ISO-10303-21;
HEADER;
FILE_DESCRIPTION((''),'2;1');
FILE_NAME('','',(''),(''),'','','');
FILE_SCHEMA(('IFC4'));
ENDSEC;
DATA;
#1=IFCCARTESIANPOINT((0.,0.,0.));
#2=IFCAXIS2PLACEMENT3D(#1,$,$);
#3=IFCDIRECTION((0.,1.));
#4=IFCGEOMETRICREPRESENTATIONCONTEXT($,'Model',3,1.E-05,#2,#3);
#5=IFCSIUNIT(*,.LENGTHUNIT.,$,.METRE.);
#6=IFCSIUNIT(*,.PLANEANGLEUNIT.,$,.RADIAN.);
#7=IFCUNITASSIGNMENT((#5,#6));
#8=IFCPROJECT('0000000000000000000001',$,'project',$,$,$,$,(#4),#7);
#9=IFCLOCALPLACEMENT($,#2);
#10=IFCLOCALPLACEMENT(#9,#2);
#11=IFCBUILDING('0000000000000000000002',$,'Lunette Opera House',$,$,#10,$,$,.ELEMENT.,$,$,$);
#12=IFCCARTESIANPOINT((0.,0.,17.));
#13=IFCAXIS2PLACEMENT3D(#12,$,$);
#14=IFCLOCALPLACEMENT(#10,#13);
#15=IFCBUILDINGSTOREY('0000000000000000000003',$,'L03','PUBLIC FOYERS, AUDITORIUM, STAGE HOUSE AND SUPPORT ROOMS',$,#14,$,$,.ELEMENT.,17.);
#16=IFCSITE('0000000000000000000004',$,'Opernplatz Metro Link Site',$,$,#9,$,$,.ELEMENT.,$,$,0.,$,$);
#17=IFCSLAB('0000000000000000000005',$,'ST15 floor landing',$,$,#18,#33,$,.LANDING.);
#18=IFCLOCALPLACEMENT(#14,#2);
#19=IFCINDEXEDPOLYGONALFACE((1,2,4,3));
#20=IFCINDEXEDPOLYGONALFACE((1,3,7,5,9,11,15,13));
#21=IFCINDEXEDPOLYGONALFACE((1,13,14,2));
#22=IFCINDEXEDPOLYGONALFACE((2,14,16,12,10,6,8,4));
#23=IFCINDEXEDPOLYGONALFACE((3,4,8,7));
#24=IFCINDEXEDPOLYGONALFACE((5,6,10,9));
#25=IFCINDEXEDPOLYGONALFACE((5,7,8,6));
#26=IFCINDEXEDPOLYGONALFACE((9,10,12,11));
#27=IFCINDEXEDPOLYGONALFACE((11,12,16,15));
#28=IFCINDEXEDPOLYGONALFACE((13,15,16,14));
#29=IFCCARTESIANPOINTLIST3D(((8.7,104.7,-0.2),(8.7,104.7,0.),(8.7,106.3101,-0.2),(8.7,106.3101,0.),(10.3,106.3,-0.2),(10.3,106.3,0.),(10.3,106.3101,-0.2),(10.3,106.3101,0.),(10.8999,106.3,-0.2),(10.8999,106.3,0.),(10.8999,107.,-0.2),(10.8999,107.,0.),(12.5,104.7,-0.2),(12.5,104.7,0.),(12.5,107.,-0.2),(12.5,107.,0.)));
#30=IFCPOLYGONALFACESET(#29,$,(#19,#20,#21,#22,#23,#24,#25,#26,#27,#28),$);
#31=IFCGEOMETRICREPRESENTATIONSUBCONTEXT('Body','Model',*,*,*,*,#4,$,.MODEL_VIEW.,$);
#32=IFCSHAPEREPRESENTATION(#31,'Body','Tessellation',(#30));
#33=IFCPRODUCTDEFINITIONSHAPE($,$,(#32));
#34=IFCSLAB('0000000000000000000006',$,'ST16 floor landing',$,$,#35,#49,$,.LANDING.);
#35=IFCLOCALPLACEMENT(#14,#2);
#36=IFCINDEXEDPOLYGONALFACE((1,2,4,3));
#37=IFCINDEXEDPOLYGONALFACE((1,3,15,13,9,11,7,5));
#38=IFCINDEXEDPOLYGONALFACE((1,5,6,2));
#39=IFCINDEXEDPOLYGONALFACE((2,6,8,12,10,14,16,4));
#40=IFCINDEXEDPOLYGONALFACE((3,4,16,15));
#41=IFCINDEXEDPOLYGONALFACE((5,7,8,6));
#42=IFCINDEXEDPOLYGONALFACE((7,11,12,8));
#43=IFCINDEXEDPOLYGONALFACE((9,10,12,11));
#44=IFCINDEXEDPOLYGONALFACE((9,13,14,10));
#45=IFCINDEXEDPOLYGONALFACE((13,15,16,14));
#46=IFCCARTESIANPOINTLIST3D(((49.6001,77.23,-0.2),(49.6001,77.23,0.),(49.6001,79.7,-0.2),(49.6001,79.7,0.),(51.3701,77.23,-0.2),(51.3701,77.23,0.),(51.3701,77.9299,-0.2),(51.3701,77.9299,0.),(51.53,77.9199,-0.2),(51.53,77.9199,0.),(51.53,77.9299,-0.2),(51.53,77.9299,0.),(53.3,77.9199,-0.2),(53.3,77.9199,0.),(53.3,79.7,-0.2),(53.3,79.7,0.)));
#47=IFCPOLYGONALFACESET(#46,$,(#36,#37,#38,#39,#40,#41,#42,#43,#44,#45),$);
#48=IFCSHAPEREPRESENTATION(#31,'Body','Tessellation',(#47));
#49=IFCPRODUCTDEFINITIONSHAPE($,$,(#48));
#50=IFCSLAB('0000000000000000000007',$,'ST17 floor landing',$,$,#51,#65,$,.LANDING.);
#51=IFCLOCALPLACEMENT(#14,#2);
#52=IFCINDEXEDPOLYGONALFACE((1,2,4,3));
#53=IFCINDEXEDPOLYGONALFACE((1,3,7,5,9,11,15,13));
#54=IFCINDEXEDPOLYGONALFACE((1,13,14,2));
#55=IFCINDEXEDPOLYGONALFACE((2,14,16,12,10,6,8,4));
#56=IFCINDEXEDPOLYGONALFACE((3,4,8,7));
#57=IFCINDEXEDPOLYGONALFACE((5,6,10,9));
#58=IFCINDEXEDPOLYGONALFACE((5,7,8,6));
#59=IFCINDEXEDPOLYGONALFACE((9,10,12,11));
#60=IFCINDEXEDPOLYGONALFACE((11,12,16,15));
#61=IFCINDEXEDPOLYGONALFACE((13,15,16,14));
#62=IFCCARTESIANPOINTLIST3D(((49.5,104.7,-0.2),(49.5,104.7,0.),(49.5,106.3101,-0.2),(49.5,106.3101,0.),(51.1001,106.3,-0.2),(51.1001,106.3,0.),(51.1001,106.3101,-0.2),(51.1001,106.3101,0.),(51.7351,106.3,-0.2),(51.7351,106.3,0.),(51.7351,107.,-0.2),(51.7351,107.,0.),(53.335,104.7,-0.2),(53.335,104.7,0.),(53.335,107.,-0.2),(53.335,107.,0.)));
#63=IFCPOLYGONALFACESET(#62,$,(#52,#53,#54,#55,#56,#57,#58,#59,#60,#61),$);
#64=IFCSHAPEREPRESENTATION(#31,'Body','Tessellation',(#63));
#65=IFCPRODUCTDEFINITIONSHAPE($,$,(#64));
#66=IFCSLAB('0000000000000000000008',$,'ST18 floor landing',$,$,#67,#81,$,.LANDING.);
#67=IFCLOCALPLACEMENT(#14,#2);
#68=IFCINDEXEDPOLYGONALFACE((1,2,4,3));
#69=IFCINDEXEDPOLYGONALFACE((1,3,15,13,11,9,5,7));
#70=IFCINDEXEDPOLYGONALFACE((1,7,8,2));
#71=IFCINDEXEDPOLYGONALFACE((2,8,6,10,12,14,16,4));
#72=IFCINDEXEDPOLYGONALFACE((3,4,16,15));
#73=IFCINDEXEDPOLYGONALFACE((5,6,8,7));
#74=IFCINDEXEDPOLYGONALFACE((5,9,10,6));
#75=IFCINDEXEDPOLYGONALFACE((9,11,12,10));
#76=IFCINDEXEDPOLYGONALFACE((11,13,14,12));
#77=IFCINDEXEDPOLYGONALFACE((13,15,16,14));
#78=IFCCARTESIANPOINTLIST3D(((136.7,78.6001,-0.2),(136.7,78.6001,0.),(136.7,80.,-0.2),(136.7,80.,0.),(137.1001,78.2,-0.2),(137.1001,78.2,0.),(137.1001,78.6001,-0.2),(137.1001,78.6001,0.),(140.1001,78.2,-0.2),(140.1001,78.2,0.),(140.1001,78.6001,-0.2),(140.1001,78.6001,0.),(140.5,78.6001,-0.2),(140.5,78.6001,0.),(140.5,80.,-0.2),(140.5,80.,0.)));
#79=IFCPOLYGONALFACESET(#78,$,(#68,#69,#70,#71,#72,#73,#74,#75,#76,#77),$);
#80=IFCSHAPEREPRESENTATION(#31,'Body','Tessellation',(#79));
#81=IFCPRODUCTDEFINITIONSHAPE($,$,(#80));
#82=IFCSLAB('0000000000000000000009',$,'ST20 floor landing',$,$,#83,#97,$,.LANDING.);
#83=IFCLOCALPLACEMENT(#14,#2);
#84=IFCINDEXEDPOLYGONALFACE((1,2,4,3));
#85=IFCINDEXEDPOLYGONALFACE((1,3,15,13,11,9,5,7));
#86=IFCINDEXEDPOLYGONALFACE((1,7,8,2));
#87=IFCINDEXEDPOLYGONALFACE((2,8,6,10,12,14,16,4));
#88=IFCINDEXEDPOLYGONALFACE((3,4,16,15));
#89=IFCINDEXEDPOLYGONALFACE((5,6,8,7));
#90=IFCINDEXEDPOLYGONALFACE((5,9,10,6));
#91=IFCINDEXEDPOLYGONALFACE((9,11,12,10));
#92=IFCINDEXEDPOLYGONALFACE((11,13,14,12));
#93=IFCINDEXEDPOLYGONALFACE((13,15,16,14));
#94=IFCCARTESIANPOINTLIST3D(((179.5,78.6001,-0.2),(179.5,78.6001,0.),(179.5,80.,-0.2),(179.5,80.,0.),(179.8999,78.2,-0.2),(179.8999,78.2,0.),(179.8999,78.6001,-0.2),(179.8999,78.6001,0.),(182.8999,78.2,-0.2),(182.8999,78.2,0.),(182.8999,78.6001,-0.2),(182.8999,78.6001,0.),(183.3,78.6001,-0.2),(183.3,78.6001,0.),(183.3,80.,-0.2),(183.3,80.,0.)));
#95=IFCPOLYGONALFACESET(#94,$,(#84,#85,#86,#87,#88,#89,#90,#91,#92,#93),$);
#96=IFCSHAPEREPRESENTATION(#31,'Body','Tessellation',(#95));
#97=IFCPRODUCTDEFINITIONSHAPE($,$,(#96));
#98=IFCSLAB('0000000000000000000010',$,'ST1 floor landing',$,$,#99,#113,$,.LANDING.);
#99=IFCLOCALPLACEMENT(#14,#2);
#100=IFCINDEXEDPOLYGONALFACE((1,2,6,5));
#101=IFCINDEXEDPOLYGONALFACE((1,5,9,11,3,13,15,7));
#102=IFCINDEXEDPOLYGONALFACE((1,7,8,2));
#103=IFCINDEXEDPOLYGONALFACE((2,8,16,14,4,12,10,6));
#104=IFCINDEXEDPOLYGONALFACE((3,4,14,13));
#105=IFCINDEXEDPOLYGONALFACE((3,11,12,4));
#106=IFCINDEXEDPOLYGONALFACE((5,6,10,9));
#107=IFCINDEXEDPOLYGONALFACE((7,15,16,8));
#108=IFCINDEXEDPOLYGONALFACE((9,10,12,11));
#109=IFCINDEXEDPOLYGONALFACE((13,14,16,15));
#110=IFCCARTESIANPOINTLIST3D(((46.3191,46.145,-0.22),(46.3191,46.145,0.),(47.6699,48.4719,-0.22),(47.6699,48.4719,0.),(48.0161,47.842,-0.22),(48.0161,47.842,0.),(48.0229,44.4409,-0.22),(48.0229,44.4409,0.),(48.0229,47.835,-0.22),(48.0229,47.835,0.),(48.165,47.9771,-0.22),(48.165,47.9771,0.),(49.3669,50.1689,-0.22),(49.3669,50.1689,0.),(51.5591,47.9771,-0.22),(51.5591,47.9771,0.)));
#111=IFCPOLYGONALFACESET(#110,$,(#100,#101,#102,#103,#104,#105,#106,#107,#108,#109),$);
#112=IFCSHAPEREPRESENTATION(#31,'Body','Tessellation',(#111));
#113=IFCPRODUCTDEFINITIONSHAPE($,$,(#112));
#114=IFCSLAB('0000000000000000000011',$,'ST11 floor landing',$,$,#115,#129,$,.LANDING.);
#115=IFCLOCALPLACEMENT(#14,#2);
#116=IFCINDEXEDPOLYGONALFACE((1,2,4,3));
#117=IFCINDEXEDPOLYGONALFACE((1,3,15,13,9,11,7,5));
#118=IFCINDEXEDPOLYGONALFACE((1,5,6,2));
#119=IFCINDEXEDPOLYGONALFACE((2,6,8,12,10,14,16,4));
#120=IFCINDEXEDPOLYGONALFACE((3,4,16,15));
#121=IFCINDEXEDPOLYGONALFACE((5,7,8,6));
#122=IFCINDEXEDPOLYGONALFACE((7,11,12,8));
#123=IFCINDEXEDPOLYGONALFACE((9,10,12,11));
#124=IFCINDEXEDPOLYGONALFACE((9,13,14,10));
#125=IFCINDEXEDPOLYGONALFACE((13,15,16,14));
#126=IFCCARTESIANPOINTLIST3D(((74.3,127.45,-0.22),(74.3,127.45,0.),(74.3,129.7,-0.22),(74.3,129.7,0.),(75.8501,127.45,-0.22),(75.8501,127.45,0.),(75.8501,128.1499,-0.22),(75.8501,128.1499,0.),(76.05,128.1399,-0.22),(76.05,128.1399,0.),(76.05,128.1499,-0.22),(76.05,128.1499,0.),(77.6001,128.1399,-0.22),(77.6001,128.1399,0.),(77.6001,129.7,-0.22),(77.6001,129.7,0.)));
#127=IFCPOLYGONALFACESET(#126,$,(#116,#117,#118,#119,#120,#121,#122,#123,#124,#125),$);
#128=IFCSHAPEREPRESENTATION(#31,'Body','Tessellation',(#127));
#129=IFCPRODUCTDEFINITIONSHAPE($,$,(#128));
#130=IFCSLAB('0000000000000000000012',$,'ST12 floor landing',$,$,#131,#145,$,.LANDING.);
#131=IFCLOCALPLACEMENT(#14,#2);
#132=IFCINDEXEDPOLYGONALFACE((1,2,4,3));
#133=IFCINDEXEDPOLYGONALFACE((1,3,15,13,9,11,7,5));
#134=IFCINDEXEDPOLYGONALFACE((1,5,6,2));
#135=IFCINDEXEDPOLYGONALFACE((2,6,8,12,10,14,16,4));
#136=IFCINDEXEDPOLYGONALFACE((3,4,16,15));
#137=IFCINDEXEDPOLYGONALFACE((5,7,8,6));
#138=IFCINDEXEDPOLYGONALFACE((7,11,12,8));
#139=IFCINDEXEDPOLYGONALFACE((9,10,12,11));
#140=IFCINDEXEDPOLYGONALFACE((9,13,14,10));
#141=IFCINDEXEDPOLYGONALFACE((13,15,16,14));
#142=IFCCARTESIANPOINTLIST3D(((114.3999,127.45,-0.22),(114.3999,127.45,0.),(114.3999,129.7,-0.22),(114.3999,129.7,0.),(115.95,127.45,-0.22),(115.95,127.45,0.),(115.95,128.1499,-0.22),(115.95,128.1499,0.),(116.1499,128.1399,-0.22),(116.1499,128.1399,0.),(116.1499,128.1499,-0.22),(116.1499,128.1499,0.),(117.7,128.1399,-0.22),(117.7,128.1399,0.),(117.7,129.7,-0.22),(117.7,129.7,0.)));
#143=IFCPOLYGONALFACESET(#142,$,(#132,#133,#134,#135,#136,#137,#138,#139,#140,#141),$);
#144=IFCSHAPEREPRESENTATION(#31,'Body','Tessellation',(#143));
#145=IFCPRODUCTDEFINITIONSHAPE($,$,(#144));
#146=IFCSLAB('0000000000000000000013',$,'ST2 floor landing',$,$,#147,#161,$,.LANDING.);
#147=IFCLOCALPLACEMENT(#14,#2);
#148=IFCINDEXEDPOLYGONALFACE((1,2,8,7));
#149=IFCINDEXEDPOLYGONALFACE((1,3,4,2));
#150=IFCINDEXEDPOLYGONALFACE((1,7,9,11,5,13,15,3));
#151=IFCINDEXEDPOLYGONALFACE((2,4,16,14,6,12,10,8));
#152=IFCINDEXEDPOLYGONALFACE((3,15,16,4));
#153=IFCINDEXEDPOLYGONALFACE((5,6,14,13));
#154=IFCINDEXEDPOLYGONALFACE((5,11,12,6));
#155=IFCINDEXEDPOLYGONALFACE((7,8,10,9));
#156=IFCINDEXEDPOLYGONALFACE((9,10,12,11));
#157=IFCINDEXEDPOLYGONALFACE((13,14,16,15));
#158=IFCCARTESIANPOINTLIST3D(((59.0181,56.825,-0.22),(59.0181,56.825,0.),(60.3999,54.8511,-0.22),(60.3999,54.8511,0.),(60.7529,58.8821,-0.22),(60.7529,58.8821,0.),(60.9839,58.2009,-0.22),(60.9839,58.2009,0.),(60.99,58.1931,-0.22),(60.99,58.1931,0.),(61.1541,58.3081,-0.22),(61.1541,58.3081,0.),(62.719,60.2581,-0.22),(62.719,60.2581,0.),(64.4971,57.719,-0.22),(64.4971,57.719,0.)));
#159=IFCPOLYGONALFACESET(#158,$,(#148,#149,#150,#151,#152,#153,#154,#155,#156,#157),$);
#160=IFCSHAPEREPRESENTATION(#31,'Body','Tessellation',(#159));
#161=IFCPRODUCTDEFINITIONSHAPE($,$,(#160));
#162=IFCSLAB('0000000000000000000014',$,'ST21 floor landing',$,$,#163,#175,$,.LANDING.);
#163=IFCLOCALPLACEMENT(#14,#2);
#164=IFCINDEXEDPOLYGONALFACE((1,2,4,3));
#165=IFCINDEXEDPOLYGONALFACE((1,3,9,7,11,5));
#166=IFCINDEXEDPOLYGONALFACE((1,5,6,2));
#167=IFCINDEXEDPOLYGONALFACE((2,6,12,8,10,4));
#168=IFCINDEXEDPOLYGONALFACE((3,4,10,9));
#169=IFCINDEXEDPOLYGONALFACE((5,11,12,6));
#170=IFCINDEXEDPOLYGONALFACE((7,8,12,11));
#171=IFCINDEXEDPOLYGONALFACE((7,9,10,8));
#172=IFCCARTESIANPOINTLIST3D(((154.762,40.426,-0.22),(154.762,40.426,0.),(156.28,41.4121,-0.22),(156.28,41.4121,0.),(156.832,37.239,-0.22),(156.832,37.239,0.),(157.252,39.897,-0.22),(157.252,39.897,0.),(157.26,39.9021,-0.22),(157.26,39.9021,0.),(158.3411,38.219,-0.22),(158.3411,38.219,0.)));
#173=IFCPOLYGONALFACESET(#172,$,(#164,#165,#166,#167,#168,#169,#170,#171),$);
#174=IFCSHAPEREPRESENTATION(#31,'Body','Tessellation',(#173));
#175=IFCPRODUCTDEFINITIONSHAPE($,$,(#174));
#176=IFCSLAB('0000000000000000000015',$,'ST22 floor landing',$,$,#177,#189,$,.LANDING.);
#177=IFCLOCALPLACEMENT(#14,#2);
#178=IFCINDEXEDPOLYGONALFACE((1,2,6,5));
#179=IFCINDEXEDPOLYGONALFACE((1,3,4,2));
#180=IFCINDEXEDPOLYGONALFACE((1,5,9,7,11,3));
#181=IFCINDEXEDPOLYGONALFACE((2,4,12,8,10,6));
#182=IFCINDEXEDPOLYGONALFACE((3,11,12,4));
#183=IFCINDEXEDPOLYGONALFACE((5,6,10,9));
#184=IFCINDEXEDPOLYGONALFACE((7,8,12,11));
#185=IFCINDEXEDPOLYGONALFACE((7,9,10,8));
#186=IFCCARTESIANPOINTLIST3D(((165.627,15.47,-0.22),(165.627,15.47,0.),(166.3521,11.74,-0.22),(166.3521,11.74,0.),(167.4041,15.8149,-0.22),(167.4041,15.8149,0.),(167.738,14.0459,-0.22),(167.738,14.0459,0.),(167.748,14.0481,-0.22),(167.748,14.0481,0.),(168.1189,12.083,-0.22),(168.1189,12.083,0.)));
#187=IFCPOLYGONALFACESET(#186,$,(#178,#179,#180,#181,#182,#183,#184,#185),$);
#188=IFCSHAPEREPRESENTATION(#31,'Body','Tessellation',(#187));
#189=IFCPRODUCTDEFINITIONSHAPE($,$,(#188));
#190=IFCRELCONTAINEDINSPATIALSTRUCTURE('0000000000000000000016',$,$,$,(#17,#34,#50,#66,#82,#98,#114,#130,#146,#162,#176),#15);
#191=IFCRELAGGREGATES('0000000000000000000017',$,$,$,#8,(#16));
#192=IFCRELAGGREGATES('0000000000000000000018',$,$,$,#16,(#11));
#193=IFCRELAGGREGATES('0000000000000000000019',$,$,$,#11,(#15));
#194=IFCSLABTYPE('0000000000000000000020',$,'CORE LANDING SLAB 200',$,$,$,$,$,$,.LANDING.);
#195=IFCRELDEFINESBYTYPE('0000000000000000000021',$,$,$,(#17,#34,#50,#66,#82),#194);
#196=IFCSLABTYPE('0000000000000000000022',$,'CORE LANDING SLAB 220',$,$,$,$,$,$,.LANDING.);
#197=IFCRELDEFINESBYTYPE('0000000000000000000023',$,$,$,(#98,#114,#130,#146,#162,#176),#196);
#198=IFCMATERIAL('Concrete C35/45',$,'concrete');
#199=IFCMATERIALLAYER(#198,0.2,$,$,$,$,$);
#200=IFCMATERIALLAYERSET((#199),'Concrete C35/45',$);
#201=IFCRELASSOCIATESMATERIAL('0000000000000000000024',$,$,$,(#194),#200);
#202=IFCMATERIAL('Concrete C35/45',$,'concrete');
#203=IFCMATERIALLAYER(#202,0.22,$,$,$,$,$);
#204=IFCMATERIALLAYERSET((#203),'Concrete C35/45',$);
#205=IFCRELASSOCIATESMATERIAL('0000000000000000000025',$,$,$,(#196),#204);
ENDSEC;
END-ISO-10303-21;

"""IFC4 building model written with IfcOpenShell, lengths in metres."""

from ifc_helpers import new_model, si_unit, direction, frame, origin, place, context, subcontext, project, spatial, polyline, outline, extrude, material, layer, layer_set, type_object, element, save


model = new_model("IFC4")

# Units and contexts
model_context = context("Model", 3, precision=1e-05, world=origin(), true_north=direction((0.0, 1.0)))
body_context = subcontext(model_context, "Body", "Model", "MODEL_VIEW")
ifc_project = project(units=[si_unit("LENGTHUNIT", "METRE"), si_unit("PLANEANGLEUNIT", "RADIAN")], contexts=[model_context])

# Site, building, storey
site_placement = place(None, origin())
site = spatial("IfcSite", under=ifc_project, at=site_placement, Name="Opernplatz Metro Link Site", CompositionType="ELEMENT", RefElevation=0.0)
building_placement = place(site_placement, origin())
building = spatial("IfcBuilding", under=site, at=building_placement, Name="Lunette Opera House", CompositionType="ELEMENT")
storey_placement = place(building_placement, frame((0.0, 0.0, 17.0)))
storey = spatial("IfcBuildingStorey", under=building, at=storey_placement, Name="L03", Description="PUBLIC FOYERS, AUDITORIUM, STAGE HOUSE AND SUPPORT ROOMS", CompositionType="ELEMENT", Elevation=17.0)

# Slabs
ifc_material_1 = material(Name="Concrete C35/45", Category="concrete")
ifc_layer_1 = layer(ifc_material_1, 0.2)
ifc_layer_set_1 = layer_set([ifc_layer_1], Name="Concrete C35/45")
slab_type_1 = type_object("IfcSlabType", Name="CORE LANDING SLAB 200", PredefinedType="LANDING", material=ifc_layer_set_1)
slab_1_placement = place(storey_placement, frame((0.0, 0.0, -0.2)))
element("IfcSlab", 1, at=slab_1_placement, inside=storey, type_object=slab_type_1, Name="ST15 floor landing", PredefinedType="LANDING", context=body_context, shape_type="SweptSolid", body=[
    extrude(outline(polyline([(10.8999, 106.3), (10.8999, 107.0), (12.5, 107.0), (12.5, 104.7), (8.7, 104.7), (8.7, 106.3101), (10.3, 106.3101), (10.3, 106.3), (10.8999, 106.3)])), origin(), (0.0, 0.0, 1.0), 0.2),
])
slab_2_placement = place(storey_placement, frame((0.0, 0.0, -0.2)))
element("IfcSlab", 2, at=slab_2_placement, inside=storey, type_object=slab_type_1, Name="ST16 floor landing", PredefinedType="LANDING", context=body_context, shape_type="SweptSolid", body=[
    extrude(outline(polyline([(53.3, 77.9199), (51.53, 77.9199), (51.53, 77.9299), (51.3701, 77.9299), (51.3701, 77.23), (49.6001, 77.23), (49.6001, 79.7), (53.3, 79.7), (53.3, 77.9199)])), origin(), (0.0, 0.0, 1.0), 0.2),
])
slab_3_placement = place(storey_placement, frame((0.0, 0.0, -0.2)))
element("IfcSlab", 3, at=slab_3_placement, inside=storey, type_object=slab_type_1, Name="ST17 floor landing", PredefinedType="LANDING", context=body_context, shape_type="SweptSolid", body=[
    extrude(outline(polyline([(53.335, 104.7), (49.5, 104.7), (49.5, 106.3101), (51.1001, 106.3101), (51.1001, 106.3), (51.7351, 106.3), (51.7351, 107.0), (53.335, 107.0), (53.335, 104.7)])), origin(), (0.0, 0.0, 1.0), 0.2),
])
slab_4_placement = place(storey_placement, frame((0.0, 0.0, -0.2)))
element("IfcSlab", 4, at=slab_4_placement, inside=storey, type_object=slab_type_1, Name="ST18 floor landing", PredefinedType="LANDING", context=body_context, shape_type="SweptSolid", body=[
    extrude(outline(polyline([(136.7, 78.2), (136.7, 80.0), (140.5, 80.0), (140.5, 78.6001), (140.1001, 78.6001), (140.1001, 78.2), (137.1001, 78.2), (137.1001, 78.6001), (136.7, 78.6001), (136.7, 78.2)])), origin(), (0.0, 0.0, 1.0), 0.2),
])
slab_5_placement = place(storey_placement, frame((0.0, 0.0, -0.2)))
element("IfcSlab", 5, at=slab_5_placement, inside=storey, type_object=slab_type_1, Name="ST20 floor landing", PredefinedType="LANDING", context=body_context, shape_type="SweptSolid", body=[
    extrude(outline(polyline([(179.5, 80.0), (183.3, 80.0), (183.3, 78.2), (183.3, 78.6001), (182.8999, 78.6001), (182.8999, 78.2), (179.8999, 78.2), (179.8999, 78.6001), (179.5, 78.6001), (179.5, 80.0)])), origin(), (0.0, 0.0, 1.0), 0.2),
])
ifc_material_2 = material(Name="Concrete C35/45", Category="concrete")
ifc_layer_2 = layer(ifc_material_2, 0.22)
ifc_layer_set_2 = layer_set([ifc_layer_2], Name="Concrete C35/45")
slab_type_2 = type_object("IfcSlabType", Name="CORE LANDING SLAB 220", PredefinedType="LANDING", material=ifc_layer_set_2)
slab_6_placement = place(storey_placement, frame((0.0, 0.0, -0.22)))
element("IfcSlab", 6, at=slab_6_placement, inside=storey, type_object=slab_type_2, Name="ST1 floor landing", PredefinedType="LANDING", context=body_context, shape_type="SweptSolid", body=[
    extrude(outline(polyline([(46.3191, 46.145), (48.0161, 47.842), (48.0229, 47.835), (48.165, 47.9771), (47.6699, 48.4719), (49.3669, 50.1689), (51.5591, 47.9771), (48.0229, 44.4409), (46.3191, 46.145)])), origin(), (0.0, 0.0, 1.0), 0.22),
])
slab_7_placement = place(storey_placement, frame((0.0, 0.0, -0.22)))
element("IfcSlab", 7, at=slab_7_placement, inside=storey, type_object=slab_type_2, Name="ST11 floor landing", PredefinedType="LANDING", context=body_context, shape_type="SweptSolid", body=[
    extrude(outline(polyline([(77.6001, 129.7), (77.6001, 128.1399), (76.05, 128.1399), (76.05, 128.1499), (75.8501, 128.1499), (75.8501, 127.45), (74.3, 127.45), (74.3, 129.7), (77.6001, 129.7)])), origin(), (0.0, 0.0, 1.0), 0.22),
])
slab_8_placement = place(storey_placement, frame((0.0, 0.0, -0.22)))
element("IfcSlab", 8, at=slab_8_placement, inside=storey, type_object=slab_type_2, Name="ST12 floor landing", PredefinedType="LANDING", context=body_context, shape_type="SweptSolid", body=[
    extrude(outline(polyline([(117.7, 128.1399), (116.1499, 128.1399), (116.1499, 128.1499), (115.95, 128.1499), (115.95, 127.45), (114.3999, 127.45), (114.3999, 129.7), (117.7, 129.7), (117.7, 128.1399)])), origin(), (0.0, 0.0, 1.0), 0.22),
])
slab_9_placement = place(storey_placement, frame((0.0, 0.0, -0.22)))
element("IfcSlab", 9, at=slab_9_placement, inside=storey, type_object=slab_type_2, Name="ST2 floor landing", PredefinedType="LANDING", context=body_context, shape_type="SweptSolid", body=[
    extrude(outline(polyline([(60.3999, 54.8511), (59.0181, 56.825), (60.9839, 58.2009), (60.99, 58.1931), (61.1541, 58.3081), (60.7529, 58.8821), (62.719, 60.2581), (64.4971, 57.719), (60.3999, 54.8511)])), origin(), (0.0, 0.0, 1.0), 0.22),
])
slab_10_placement = place(storey_placement, frame((0.0, 0.0, -0.22)))
element("IfcSlab", 10, at=slab_10_placement, inside=storey, type_object=slab_type_2, Name="ST21 floor landing", PredefinedType="LANDING", context=body_context, shape_type="SweptSolid", body=[
    extrude(outline(polyline([(158.3411, 38.219), (156.832, 37.239), (154.762, 40.426), (156.28, 41.4121), (157.26, 39.9021), (157.252, 39.897), (158.3411, 38.219)])), origin(), (0.0, 0.0, 1.0), 0.22),
])
slab_11_placement = place(storey_placement, frame((0.0, 0.0, -0.22)))
element("IfcSlab", 11, at=slab_11_placement, inside=storey, type_object=slab_type_2, Name="ST22 floor landing", PredefinedType="LANDING", context=body_context, shape_type="SweptSolid", body=[
    extrude(outline(polyline([(165.627, 15.47), (167.4041, 15.8149), (167.748, 14.0481), (167.738, 14.0459), (168.1189, 12.083), (166.3521, 11.74), (165.627, 15.47)])), origin(), (0.0, 0.0, 1.0), 0.22),
])

save(model, "model.ifc")
